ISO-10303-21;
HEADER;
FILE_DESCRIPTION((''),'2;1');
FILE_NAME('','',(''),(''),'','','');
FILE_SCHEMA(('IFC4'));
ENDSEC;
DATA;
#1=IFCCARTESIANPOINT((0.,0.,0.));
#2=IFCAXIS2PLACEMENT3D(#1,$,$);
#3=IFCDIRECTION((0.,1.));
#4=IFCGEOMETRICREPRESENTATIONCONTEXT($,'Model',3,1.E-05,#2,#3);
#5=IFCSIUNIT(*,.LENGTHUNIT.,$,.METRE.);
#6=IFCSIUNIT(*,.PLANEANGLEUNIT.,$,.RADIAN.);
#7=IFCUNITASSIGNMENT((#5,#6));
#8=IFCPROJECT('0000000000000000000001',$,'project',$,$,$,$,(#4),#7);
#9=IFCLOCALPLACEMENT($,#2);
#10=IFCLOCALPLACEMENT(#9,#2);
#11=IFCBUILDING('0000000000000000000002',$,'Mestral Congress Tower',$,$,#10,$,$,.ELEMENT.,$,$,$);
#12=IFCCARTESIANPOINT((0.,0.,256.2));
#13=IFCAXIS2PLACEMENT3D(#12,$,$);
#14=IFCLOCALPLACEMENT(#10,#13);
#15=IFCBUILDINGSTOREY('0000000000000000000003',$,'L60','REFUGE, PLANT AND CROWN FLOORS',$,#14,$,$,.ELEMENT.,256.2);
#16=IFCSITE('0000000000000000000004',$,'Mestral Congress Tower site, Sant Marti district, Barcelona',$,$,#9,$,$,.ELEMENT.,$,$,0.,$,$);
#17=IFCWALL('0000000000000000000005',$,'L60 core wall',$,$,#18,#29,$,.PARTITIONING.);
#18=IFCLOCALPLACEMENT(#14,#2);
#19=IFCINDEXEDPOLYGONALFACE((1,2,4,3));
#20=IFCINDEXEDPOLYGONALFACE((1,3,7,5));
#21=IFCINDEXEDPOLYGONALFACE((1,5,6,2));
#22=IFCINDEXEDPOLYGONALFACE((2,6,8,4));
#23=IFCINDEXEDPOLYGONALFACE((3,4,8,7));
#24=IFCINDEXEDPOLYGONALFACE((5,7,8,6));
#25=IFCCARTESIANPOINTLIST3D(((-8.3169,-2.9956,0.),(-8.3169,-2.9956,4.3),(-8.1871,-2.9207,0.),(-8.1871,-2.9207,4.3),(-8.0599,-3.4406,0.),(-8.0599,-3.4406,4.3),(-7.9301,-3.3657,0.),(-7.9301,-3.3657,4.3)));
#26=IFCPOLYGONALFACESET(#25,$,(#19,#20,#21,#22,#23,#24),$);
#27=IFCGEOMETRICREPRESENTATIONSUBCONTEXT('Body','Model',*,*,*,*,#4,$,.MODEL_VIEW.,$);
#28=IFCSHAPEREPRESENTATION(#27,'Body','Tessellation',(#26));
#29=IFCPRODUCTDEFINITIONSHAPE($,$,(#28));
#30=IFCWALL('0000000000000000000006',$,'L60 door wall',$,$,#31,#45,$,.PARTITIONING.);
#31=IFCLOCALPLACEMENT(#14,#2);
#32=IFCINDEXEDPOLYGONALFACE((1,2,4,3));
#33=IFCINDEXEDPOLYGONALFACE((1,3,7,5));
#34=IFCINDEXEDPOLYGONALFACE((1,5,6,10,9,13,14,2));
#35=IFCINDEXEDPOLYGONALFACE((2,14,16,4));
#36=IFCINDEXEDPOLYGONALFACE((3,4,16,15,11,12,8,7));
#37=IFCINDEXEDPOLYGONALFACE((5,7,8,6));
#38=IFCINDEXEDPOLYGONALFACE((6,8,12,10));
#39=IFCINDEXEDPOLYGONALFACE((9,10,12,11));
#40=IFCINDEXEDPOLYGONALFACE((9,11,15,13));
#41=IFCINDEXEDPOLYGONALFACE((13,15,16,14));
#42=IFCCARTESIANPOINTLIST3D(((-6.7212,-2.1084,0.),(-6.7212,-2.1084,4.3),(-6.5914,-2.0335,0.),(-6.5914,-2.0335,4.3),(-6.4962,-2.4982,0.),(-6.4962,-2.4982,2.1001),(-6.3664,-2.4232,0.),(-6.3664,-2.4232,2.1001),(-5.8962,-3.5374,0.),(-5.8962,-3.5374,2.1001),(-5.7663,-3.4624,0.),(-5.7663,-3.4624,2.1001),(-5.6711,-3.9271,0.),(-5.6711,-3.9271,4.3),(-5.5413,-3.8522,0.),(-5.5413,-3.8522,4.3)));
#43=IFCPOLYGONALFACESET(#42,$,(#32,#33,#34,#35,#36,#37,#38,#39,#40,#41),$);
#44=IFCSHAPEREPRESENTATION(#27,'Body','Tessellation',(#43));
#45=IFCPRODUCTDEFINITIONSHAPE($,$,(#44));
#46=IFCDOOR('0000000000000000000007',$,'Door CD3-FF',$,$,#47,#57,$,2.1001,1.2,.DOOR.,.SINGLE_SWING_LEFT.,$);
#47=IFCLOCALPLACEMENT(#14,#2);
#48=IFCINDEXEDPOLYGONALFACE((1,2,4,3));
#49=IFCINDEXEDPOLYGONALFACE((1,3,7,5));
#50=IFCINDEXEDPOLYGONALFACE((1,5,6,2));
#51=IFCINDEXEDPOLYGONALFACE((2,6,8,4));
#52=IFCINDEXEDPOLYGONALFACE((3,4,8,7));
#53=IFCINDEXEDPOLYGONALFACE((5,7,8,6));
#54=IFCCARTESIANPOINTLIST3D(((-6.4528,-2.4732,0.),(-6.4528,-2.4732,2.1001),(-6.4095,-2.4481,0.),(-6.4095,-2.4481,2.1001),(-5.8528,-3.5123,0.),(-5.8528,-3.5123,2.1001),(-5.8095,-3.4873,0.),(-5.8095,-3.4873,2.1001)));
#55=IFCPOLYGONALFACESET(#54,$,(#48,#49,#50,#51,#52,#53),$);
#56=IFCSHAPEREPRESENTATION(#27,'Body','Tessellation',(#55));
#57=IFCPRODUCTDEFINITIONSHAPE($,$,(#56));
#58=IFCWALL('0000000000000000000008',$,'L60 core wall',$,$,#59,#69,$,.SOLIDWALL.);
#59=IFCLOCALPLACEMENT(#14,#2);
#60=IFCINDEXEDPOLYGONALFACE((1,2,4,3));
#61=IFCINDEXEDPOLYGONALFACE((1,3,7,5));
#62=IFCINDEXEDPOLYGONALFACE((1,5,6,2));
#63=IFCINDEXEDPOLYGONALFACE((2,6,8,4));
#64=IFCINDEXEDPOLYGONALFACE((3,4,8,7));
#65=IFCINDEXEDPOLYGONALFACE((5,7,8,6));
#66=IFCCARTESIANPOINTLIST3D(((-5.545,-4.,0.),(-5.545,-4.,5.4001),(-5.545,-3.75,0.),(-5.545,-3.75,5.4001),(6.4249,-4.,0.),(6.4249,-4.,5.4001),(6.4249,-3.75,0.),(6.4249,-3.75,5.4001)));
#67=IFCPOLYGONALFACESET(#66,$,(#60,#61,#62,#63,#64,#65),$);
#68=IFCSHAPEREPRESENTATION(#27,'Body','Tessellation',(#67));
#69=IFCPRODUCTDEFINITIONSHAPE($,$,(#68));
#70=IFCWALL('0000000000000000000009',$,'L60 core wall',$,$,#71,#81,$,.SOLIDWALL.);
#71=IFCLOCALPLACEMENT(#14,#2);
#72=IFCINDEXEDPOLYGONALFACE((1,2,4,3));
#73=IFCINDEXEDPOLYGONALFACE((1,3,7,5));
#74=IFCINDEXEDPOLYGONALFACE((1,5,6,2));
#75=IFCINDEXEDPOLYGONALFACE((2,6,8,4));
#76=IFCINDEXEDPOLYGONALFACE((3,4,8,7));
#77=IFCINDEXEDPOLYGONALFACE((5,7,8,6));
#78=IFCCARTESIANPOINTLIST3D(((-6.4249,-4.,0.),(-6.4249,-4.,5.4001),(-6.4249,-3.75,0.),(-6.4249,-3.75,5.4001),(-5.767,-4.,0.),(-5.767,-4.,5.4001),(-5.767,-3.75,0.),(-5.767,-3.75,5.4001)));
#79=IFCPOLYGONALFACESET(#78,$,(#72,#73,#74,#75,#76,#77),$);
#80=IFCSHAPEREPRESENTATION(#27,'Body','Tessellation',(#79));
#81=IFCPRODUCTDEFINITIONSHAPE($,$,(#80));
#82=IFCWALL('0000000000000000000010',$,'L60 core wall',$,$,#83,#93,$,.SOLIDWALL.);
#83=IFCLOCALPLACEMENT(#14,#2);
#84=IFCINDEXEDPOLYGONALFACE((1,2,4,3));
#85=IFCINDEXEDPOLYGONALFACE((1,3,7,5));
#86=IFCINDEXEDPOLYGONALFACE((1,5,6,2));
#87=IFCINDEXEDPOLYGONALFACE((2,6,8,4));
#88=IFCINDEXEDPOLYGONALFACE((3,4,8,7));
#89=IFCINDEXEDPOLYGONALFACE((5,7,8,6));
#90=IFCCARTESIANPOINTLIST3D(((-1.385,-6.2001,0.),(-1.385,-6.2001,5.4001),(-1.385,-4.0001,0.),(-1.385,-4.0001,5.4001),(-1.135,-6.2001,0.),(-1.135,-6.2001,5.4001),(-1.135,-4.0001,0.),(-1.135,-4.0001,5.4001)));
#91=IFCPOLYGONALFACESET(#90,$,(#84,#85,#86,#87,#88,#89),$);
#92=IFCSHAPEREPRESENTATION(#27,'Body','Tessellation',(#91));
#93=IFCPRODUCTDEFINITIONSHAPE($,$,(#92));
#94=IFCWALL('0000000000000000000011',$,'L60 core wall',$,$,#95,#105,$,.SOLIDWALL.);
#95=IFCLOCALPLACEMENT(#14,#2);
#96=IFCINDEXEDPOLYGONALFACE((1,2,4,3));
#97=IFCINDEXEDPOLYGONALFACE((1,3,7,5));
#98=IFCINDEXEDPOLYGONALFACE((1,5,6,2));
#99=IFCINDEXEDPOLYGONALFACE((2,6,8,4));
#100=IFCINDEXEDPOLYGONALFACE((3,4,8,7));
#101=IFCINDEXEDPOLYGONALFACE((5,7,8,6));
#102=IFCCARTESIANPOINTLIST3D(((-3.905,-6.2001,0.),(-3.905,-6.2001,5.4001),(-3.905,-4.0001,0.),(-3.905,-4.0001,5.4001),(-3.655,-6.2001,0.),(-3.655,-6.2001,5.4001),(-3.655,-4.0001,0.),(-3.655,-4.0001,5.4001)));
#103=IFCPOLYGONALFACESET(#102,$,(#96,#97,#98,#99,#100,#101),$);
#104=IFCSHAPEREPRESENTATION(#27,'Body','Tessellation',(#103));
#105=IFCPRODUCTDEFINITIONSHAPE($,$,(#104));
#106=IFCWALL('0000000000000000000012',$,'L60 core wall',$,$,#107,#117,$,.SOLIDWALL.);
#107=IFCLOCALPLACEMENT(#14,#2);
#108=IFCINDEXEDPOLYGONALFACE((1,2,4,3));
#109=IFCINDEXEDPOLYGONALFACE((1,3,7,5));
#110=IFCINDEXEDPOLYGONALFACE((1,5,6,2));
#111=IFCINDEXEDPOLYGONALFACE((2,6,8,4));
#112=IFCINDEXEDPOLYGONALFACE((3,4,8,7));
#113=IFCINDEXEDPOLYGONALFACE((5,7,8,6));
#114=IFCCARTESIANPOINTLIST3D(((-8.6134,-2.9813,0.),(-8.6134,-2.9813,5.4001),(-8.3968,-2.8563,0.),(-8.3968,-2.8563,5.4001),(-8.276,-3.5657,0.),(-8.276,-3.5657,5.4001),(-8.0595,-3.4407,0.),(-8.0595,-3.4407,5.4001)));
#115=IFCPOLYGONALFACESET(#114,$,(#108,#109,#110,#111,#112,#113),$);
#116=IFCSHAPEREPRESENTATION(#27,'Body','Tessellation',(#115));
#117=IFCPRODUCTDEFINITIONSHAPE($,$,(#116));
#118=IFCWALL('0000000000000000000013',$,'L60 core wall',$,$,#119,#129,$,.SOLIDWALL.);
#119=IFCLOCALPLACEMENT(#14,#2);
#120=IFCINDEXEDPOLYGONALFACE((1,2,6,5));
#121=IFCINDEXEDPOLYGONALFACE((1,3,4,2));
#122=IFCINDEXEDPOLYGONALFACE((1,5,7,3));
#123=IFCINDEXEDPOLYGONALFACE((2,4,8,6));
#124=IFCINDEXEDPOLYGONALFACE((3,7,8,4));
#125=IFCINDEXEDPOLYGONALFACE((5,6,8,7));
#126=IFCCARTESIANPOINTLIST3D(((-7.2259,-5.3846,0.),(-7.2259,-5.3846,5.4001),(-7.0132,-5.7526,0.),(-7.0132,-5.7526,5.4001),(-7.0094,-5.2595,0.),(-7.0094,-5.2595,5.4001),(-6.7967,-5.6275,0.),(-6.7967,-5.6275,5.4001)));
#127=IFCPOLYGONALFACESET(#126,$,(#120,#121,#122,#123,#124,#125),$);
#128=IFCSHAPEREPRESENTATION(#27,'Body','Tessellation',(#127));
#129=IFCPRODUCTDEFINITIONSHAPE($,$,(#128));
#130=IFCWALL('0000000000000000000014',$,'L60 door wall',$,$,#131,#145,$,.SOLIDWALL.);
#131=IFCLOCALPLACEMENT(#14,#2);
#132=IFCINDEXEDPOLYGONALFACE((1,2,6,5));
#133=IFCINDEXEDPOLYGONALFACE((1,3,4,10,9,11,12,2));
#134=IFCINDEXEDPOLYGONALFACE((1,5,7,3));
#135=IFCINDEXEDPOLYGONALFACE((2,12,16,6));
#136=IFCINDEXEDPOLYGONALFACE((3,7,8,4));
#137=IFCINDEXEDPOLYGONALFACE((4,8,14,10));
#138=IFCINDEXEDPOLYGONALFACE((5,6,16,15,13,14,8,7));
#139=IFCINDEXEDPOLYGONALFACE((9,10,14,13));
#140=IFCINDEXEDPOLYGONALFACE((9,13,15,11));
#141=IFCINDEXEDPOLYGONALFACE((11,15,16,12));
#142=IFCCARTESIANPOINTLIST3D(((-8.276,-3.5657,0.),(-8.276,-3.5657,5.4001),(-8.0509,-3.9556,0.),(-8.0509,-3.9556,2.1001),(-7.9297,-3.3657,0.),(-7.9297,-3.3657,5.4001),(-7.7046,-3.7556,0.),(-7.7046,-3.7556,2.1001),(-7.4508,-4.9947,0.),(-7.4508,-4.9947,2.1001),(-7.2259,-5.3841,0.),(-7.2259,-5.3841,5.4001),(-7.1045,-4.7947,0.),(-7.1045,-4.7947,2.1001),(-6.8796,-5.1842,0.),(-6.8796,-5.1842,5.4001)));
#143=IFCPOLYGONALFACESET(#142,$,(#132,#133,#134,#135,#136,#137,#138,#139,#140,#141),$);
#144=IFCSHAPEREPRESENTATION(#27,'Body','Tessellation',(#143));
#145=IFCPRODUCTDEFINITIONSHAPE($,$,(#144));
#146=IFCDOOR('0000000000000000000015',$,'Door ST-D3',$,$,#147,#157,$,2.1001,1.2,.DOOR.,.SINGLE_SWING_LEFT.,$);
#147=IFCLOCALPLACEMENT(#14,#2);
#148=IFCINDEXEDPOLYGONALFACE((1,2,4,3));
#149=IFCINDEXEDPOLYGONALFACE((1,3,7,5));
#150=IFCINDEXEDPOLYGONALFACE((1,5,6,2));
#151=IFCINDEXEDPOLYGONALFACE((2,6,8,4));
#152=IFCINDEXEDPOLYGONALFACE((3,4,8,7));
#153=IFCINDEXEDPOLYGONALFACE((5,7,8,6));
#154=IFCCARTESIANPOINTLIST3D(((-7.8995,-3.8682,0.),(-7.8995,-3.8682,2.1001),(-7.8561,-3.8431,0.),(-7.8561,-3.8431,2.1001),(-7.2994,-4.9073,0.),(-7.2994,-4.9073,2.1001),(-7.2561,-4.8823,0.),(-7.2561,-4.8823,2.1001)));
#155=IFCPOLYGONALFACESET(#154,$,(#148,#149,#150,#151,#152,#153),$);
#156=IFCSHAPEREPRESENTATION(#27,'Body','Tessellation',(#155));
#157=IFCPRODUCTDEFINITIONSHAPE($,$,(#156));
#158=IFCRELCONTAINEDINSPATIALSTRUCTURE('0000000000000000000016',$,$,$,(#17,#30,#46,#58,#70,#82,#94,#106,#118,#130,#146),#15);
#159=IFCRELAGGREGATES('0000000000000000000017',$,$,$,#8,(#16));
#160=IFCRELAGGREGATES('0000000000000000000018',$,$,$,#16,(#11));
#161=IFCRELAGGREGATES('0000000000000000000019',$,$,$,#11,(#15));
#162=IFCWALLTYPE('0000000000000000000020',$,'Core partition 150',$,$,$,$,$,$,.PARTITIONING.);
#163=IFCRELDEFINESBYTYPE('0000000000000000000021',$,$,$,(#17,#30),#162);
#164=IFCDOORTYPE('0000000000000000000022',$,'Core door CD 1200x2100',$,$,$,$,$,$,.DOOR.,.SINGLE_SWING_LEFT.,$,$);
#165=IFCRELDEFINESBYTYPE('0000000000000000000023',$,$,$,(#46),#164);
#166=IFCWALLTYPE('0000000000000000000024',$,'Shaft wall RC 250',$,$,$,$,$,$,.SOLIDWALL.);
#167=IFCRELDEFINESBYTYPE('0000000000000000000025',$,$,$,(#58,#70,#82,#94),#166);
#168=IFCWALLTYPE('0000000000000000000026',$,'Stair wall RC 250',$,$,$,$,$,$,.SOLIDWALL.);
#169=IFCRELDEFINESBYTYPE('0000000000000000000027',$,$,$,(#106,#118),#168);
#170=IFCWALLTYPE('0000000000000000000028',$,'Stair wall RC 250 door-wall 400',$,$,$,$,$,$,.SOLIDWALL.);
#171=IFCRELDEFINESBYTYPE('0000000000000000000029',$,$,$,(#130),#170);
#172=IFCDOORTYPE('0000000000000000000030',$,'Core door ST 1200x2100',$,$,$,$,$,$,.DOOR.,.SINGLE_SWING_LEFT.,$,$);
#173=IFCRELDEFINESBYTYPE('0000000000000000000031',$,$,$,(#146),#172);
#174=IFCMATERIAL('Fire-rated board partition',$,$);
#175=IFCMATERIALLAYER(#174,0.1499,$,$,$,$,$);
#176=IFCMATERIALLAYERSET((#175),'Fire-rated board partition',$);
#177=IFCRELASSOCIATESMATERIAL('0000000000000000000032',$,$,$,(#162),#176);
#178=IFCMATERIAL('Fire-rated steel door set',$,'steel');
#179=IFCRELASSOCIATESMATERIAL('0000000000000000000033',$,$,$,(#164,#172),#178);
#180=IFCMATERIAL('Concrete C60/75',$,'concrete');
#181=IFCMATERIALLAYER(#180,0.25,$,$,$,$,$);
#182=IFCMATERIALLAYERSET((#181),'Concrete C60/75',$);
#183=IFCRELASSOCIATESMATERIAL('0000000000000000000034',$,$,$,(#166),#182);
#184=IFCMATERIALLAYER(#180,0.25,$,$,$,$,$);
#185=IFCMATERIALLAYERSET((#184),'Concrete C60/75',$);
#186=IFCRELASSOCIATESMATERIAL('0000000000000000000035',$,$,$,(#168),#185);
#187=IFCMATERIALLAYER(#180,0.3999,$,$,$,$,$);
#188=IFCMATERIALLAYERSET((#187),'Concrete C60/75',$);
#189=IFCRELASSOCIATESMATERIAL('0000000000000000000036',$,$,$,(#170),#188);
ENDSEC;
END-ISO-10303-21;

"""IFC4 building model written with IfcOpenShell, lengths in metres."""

from ifc_helpers import new_model, si_unit, direction, frame, frame_2d, origin, place, context, subcontext, project, spatial, rectangle, extrude, material, layer, layer_set, type_object, element, fill, save


model = new_model("IFC4")

# Units and contexts
model_context = context("Model", 3, precision=1e-05, world=origin(), true_north=direction((0.0, 1.0)))
body_context = subcontext(model_context, "Body", "Model", "MODEL_VIEW")
ifc_project = project(units=[si_unit("LENGTHUNIT", "METRE"), si_unit("PLANEANGLEUNIT", "RADIAN")], contexts=[model_context])

# Site, building, storey
site_placement = place(None, origin())
site = spatial("IfcSite", under=ifc_project, at=site_placement, Name="Mestral Congress Tower site, Sant Marti district, Barcelona", CompositionType="ELEMENT", RefElevation=0.0)
building_placement = place(site_placement, origin())
building = spatial("IfcBuilding", under=site, at=building_placement, Name="Mestral Congress Tower", CompositionType="ELEMENT")
storey_placement = place(building_placement, frame((0.0, 0.0, 256.2)))
storey = spatial("IfcBuildingStorey", under=building, at=storey_placement, Name="L60", Description="REFUGE, PLANT AND CROWN FLOORS", CompositionType="ELEMENT", Elevation=256.2)

# Wall
ifc_material_1 = material(Name="Fire-rated board partition")
ifc_layer_1 = layer(ifc_material_1, 0.1499)
ifc_layer_set_1 = layer_set([ifc_layer_1], Name="Fire-rated board partition")
wall_type_1 = type_object("IfcWallType", Name="Core partition 150", PredefinedType="PARTITIONING", material=ifc_layer_set_1)
wall_1_placement = place(storey_placement, frame((-8.252, -2.9583, 0.0), z_axis=(0.0, 0.0, 1.0), x_axis=(0.500175, -0.865925, 0.0)))
element("IfcWall", 1, at=wall_1_placement, inside=storey, type_object=wall_type_1, Name="L60 core wall", PredefinedType="PARTITIONING", context=body_context, shape_type="SweptSolid", body=[
    extrude(rectangle(XDim=0.5139, YDim=0.1499, at=frame_2d((0.2568, 0.0))), origin(), (0.0, 0.0, 1.0), 4.3),
])

# Wall, opening, door
wall_2_placement = place(storey_placement, frame((-5.6062, -3.8896, 0.0), z_axis=(0.0, 0.0, 1.0), x_axis=(-0.500028, 0.866009, 0.0)))
wall_2 = element("IfcWall", 2, at=wall_2_placement, inside=storey, type_object=wall_type_1, Name="L60 door wall", PredefinedType="PARTITIONING", context=body_context, shape_type="SweptSolid", body=[
    extrude(rectangle(XDim=2.1001, YDim=0.1499, at=frame_2d((1.05, 0.0))), origin(), (0.0, 0.0, 1.0), 4.3),
])
opening_1_placement = place(wall_2_placement, frame((0.45, 0.0, 0.0)))
opening_1 = element("IfcOpeningElement", 3, at=opening_1_placement, cuts=wall_2, PredefinedType="OPENING", context=body_context, shape_type="SweptSolid", body=[
    extrude(rectangle(XDim=1.2, YDim=2.1001, at=frame_2d((0.6001, 1.05))), frame((0.0, 0.085, 0.0), z_axis=(0.0, -1.0, 0.0), x_axis=(1.0, 0.0, 0.0)), (0.0, 0.0, 1.0), 0.1699),
])
ifc_material_2 = material(Name="Fire-rated steel door set", Category="steel")
door_type_1 = type_object("IfcDoorType", Name="Core door CD 1200x2100", OperationType="SINGLE_SWING_LEFT", PredefinedType="DOOR", material=ifc_material_2)
door_1_placement = place(opening_1_placement, origin())
door_1 = element("IfcDoor", 4, at=door_1_placement, inside=storey, type_object=door_type_1, Name="Door CD3-FF", OperationType="SINGLE_SWING_LEFT", OverallHeight=2.1001, OverallWidth=1.2, PredefinedType="DOOR", context=body_context, shape_type="SweptSolid", body=[
    extrude(rectangle(XDim=1.2, YDim=2.1001, at=frame_2d((0.6001, 1.05))), frame((0.0, 0.0249, 0.0), z_axis=(0.0, -1.0, 0.0), x_axis=(1.0, 0.0, 0.0)), (0.0, 0.0, 1.0), 0.05),
])
fill(opening_1, door_1)

# Walls
ifc_material_3 = material(Name="Concrete C60/75", Category="concrete")
ifc_layer_2 = layer(ifc_material_3, 0.25)
ifc_layer_set_2 = layer_set([ifc_layer_2], Name="Concrete C60/75")
wall_type_2 = type_object("IfcWallType", Name="Shaft wall RC 250", PredefinedType="SOLIDWALL", material=ifc_layer_set_2)
wall_3_placement = place(storey_placement, frame((-5.5449, -3.875, 0.0), z_axis=(0.0, 0.0, 1.0), x_axis=(1.0, 0.0, 0.0)))
element("IfcWall", 5, at=wall_3_placement, inside=storey, type_object=wall_type_2, Name="L60 core wall", PredefinedType="SOLIDWALL", context=body_context, shape_type="SweptSolid", body=[
    extrude(rectangle(XDim=11.97, YDim=0.25, at=frame_2d((5.9849, 0.0))), origin(), (0.0, 0.0, 1.0), 5.4001),
])
wall_4_placement = place(storey_placement, frame((-6.425, -3.875, 0.0), z_axis=(0.0, 0.0, 1.0), x_axis=(1.0, 0.0, 0.0)))
element("IfcWall", 6, at=wall_4_placement, inside=storey, type_object=wall_type_2, Name="L60 core wall", PredefinedType="SOLIDWALL", context=body_context, shape_type="SweptSolid", body=[
    extrude(rectangle(XDim=0.658, YDim=0.25, at=frame_2d((0.3291, 0.0))), origin(), (0.0, 0.0, 1.0), 5.4001),
])
for number, where, z_axis, x_axis, name in (
    (7, (-1.26, -4.0, 0.0), (0.0, 0.0, 1.0), (0.0, -1.0, 0.0), "L60 core wall"),
    (8, (-3.78, -4.0, 0.0), (0.0, 0.0, 1.0), (0.0, -1.0, 0.0), "L60 core wall"),
):
    element("IfcWall", number, at=place(storey_placement, frame(where, z_axis=z_axis, x_axis=x_axis)), inside=storey, type_object=wall_type_2, Name=name, PredefinedType="SOLIDWALL", context=body_context, shape_type="SweptSolid", body=[
        extrude(rectangle(XDim=2.2, YDim=0.25, at=frame_2d((1.1001, 0.0))), origin(), (0.0, 0.0, 1.0), 5.4001),
    ])
ifc_layer_3 = layer(ifc_material_3, 0.25)
ifc_layer_set_3 = layer_set([ifc_layer_3], Name="Concrete C60/75")
wall_type_3 = type_object("IfcWallType", Name="Stair wall RC 250", PredefinedType="SOLIDWALL", material=ifc_layer_set_3)
wall_5_placement = place(storey_placement, frame((-8.1677, -3.5032, 0.0), z_axis=(0.0, 0.0, 1.0), x_axis=(-0.499952, 0.866053, 0.0)))
element("IfcWall", 9, at=wall_5_placement, inside=storey, type_object=wall_type_3, Name="L60 core wall", PredefinedType="SOLIDWALL", context=body_context, shape_type="SweptSolid", body=[
    extrude(rectangle(XDim=0.6748, YDim=0.25, at=frame_2d((0.3374, 0.0))), origin(), (0.0, 0.0, 1.0), 5.4001),
])
wall_6_placement = place(storey_placement, frame((-6.905, -5.6899, 0.0), z_axis=(0.0, 0.0, 1.0), x_axis=(-0.500402, 0.865793, 0.0)))
element("IfcWall", 10, at=wall_6_placement, inside=storey, type_object=wall_type_3, Name="L60 core wall", PredefinedType="SOLIDWALL", context=body_context, shape_type="SweptSolid", body=[
    extrude(rectangle(XDim=0.425, YDim=0.25, at=frame_2d((0.2124, 0.0))), origin(), (0.0, 0.0, 1.0), 5.4001),
])

# Wall, opening, door
ifc_layer_4 = layer(ifc_material_3, 0.3999)
ifc_layer_set_4 = layer_set([ifc_layer_4], Name="Concrete C60/75")
wall_type_4 = type_object("IfcWallType", Name="Stair wall RC 250 door-wall 400", PredefinedType="SOLIDWALL", material=ifc_layer_set_4)
wall_7_placement = place(storey_placement, frame((-8.1028, -3.4658, 0.0), z_axis=(0.0, 0.0, 1.0), x_axis=(0.500078, -0.86598, 0.0)))
wall_7 = element("IfcWall", 11, at=wall_7_placement, inside=storey, type_object=wall_type_4, Name="L60 door wall", PredefinedType="SOLIDWALL", context=body_context, shape_type="SweptSolid", body=[
    extrude(rectangle(XDim=2.0999, YDim=0.3999, at=frame_2d((1.0498, 0.0))), origin(), (0.0, 0.0, 1.0), 5.4001),
])
opening_2_placement = place(wall_7_placement, frame((0.45, 0.0, 0.0)))
opening_2 = element("IfcOpeningElement", 12, at=opening_2_placement, cuts=wall_7, PredefinedType="OPENING", context=body_context, shape_type="SweptSolid", body=[
    extrude(rectangle(XDim=1.2, YDim=2.1001, at=frame_2d((0.6001, 1.05))), frame((0.0, 0.21, 0.0), z_axis=(0.0, -1.0, 0.0), x_axis=(1.0, 0.0, 0.0)), (0.0, 0.0, 1.0), 0.4199),
])
door_type_2 = type_object("IfcDoorType", Name="Core door ST 1200x2100", OperationType="SINGLE_SWING_LEFT", PredefinedType="DOOR", material=ifc_material_2)
door_2_placement = place(opening_2_placement, origin())
door_2 = element("IfcDoor", 13, at=door_2_placement, inside=storey, type_object=door_type_2, Name="Door ST-D3", OperationType="SINGLE_SWING_LEFT", OverallHeight=2.1001, OverallWidth=1.2, PredefinedType="DOOR", context=body_context, shape_type="SweptSolid", body=[
    extrude(rectangle(XDim=1.2, YDim=2.1001, at=frame_2d((0.6001, 1.05))), frame((0.0, 0.0249, 0.0), z_axis=(0.0, -1.0, 0.0), x_axis=(1.0, 0.0, 0.0)), (0.0, 0.0, 1.0), 0.05),
])
fill(opening_2, door_2)

save(model, "model.ifc")
